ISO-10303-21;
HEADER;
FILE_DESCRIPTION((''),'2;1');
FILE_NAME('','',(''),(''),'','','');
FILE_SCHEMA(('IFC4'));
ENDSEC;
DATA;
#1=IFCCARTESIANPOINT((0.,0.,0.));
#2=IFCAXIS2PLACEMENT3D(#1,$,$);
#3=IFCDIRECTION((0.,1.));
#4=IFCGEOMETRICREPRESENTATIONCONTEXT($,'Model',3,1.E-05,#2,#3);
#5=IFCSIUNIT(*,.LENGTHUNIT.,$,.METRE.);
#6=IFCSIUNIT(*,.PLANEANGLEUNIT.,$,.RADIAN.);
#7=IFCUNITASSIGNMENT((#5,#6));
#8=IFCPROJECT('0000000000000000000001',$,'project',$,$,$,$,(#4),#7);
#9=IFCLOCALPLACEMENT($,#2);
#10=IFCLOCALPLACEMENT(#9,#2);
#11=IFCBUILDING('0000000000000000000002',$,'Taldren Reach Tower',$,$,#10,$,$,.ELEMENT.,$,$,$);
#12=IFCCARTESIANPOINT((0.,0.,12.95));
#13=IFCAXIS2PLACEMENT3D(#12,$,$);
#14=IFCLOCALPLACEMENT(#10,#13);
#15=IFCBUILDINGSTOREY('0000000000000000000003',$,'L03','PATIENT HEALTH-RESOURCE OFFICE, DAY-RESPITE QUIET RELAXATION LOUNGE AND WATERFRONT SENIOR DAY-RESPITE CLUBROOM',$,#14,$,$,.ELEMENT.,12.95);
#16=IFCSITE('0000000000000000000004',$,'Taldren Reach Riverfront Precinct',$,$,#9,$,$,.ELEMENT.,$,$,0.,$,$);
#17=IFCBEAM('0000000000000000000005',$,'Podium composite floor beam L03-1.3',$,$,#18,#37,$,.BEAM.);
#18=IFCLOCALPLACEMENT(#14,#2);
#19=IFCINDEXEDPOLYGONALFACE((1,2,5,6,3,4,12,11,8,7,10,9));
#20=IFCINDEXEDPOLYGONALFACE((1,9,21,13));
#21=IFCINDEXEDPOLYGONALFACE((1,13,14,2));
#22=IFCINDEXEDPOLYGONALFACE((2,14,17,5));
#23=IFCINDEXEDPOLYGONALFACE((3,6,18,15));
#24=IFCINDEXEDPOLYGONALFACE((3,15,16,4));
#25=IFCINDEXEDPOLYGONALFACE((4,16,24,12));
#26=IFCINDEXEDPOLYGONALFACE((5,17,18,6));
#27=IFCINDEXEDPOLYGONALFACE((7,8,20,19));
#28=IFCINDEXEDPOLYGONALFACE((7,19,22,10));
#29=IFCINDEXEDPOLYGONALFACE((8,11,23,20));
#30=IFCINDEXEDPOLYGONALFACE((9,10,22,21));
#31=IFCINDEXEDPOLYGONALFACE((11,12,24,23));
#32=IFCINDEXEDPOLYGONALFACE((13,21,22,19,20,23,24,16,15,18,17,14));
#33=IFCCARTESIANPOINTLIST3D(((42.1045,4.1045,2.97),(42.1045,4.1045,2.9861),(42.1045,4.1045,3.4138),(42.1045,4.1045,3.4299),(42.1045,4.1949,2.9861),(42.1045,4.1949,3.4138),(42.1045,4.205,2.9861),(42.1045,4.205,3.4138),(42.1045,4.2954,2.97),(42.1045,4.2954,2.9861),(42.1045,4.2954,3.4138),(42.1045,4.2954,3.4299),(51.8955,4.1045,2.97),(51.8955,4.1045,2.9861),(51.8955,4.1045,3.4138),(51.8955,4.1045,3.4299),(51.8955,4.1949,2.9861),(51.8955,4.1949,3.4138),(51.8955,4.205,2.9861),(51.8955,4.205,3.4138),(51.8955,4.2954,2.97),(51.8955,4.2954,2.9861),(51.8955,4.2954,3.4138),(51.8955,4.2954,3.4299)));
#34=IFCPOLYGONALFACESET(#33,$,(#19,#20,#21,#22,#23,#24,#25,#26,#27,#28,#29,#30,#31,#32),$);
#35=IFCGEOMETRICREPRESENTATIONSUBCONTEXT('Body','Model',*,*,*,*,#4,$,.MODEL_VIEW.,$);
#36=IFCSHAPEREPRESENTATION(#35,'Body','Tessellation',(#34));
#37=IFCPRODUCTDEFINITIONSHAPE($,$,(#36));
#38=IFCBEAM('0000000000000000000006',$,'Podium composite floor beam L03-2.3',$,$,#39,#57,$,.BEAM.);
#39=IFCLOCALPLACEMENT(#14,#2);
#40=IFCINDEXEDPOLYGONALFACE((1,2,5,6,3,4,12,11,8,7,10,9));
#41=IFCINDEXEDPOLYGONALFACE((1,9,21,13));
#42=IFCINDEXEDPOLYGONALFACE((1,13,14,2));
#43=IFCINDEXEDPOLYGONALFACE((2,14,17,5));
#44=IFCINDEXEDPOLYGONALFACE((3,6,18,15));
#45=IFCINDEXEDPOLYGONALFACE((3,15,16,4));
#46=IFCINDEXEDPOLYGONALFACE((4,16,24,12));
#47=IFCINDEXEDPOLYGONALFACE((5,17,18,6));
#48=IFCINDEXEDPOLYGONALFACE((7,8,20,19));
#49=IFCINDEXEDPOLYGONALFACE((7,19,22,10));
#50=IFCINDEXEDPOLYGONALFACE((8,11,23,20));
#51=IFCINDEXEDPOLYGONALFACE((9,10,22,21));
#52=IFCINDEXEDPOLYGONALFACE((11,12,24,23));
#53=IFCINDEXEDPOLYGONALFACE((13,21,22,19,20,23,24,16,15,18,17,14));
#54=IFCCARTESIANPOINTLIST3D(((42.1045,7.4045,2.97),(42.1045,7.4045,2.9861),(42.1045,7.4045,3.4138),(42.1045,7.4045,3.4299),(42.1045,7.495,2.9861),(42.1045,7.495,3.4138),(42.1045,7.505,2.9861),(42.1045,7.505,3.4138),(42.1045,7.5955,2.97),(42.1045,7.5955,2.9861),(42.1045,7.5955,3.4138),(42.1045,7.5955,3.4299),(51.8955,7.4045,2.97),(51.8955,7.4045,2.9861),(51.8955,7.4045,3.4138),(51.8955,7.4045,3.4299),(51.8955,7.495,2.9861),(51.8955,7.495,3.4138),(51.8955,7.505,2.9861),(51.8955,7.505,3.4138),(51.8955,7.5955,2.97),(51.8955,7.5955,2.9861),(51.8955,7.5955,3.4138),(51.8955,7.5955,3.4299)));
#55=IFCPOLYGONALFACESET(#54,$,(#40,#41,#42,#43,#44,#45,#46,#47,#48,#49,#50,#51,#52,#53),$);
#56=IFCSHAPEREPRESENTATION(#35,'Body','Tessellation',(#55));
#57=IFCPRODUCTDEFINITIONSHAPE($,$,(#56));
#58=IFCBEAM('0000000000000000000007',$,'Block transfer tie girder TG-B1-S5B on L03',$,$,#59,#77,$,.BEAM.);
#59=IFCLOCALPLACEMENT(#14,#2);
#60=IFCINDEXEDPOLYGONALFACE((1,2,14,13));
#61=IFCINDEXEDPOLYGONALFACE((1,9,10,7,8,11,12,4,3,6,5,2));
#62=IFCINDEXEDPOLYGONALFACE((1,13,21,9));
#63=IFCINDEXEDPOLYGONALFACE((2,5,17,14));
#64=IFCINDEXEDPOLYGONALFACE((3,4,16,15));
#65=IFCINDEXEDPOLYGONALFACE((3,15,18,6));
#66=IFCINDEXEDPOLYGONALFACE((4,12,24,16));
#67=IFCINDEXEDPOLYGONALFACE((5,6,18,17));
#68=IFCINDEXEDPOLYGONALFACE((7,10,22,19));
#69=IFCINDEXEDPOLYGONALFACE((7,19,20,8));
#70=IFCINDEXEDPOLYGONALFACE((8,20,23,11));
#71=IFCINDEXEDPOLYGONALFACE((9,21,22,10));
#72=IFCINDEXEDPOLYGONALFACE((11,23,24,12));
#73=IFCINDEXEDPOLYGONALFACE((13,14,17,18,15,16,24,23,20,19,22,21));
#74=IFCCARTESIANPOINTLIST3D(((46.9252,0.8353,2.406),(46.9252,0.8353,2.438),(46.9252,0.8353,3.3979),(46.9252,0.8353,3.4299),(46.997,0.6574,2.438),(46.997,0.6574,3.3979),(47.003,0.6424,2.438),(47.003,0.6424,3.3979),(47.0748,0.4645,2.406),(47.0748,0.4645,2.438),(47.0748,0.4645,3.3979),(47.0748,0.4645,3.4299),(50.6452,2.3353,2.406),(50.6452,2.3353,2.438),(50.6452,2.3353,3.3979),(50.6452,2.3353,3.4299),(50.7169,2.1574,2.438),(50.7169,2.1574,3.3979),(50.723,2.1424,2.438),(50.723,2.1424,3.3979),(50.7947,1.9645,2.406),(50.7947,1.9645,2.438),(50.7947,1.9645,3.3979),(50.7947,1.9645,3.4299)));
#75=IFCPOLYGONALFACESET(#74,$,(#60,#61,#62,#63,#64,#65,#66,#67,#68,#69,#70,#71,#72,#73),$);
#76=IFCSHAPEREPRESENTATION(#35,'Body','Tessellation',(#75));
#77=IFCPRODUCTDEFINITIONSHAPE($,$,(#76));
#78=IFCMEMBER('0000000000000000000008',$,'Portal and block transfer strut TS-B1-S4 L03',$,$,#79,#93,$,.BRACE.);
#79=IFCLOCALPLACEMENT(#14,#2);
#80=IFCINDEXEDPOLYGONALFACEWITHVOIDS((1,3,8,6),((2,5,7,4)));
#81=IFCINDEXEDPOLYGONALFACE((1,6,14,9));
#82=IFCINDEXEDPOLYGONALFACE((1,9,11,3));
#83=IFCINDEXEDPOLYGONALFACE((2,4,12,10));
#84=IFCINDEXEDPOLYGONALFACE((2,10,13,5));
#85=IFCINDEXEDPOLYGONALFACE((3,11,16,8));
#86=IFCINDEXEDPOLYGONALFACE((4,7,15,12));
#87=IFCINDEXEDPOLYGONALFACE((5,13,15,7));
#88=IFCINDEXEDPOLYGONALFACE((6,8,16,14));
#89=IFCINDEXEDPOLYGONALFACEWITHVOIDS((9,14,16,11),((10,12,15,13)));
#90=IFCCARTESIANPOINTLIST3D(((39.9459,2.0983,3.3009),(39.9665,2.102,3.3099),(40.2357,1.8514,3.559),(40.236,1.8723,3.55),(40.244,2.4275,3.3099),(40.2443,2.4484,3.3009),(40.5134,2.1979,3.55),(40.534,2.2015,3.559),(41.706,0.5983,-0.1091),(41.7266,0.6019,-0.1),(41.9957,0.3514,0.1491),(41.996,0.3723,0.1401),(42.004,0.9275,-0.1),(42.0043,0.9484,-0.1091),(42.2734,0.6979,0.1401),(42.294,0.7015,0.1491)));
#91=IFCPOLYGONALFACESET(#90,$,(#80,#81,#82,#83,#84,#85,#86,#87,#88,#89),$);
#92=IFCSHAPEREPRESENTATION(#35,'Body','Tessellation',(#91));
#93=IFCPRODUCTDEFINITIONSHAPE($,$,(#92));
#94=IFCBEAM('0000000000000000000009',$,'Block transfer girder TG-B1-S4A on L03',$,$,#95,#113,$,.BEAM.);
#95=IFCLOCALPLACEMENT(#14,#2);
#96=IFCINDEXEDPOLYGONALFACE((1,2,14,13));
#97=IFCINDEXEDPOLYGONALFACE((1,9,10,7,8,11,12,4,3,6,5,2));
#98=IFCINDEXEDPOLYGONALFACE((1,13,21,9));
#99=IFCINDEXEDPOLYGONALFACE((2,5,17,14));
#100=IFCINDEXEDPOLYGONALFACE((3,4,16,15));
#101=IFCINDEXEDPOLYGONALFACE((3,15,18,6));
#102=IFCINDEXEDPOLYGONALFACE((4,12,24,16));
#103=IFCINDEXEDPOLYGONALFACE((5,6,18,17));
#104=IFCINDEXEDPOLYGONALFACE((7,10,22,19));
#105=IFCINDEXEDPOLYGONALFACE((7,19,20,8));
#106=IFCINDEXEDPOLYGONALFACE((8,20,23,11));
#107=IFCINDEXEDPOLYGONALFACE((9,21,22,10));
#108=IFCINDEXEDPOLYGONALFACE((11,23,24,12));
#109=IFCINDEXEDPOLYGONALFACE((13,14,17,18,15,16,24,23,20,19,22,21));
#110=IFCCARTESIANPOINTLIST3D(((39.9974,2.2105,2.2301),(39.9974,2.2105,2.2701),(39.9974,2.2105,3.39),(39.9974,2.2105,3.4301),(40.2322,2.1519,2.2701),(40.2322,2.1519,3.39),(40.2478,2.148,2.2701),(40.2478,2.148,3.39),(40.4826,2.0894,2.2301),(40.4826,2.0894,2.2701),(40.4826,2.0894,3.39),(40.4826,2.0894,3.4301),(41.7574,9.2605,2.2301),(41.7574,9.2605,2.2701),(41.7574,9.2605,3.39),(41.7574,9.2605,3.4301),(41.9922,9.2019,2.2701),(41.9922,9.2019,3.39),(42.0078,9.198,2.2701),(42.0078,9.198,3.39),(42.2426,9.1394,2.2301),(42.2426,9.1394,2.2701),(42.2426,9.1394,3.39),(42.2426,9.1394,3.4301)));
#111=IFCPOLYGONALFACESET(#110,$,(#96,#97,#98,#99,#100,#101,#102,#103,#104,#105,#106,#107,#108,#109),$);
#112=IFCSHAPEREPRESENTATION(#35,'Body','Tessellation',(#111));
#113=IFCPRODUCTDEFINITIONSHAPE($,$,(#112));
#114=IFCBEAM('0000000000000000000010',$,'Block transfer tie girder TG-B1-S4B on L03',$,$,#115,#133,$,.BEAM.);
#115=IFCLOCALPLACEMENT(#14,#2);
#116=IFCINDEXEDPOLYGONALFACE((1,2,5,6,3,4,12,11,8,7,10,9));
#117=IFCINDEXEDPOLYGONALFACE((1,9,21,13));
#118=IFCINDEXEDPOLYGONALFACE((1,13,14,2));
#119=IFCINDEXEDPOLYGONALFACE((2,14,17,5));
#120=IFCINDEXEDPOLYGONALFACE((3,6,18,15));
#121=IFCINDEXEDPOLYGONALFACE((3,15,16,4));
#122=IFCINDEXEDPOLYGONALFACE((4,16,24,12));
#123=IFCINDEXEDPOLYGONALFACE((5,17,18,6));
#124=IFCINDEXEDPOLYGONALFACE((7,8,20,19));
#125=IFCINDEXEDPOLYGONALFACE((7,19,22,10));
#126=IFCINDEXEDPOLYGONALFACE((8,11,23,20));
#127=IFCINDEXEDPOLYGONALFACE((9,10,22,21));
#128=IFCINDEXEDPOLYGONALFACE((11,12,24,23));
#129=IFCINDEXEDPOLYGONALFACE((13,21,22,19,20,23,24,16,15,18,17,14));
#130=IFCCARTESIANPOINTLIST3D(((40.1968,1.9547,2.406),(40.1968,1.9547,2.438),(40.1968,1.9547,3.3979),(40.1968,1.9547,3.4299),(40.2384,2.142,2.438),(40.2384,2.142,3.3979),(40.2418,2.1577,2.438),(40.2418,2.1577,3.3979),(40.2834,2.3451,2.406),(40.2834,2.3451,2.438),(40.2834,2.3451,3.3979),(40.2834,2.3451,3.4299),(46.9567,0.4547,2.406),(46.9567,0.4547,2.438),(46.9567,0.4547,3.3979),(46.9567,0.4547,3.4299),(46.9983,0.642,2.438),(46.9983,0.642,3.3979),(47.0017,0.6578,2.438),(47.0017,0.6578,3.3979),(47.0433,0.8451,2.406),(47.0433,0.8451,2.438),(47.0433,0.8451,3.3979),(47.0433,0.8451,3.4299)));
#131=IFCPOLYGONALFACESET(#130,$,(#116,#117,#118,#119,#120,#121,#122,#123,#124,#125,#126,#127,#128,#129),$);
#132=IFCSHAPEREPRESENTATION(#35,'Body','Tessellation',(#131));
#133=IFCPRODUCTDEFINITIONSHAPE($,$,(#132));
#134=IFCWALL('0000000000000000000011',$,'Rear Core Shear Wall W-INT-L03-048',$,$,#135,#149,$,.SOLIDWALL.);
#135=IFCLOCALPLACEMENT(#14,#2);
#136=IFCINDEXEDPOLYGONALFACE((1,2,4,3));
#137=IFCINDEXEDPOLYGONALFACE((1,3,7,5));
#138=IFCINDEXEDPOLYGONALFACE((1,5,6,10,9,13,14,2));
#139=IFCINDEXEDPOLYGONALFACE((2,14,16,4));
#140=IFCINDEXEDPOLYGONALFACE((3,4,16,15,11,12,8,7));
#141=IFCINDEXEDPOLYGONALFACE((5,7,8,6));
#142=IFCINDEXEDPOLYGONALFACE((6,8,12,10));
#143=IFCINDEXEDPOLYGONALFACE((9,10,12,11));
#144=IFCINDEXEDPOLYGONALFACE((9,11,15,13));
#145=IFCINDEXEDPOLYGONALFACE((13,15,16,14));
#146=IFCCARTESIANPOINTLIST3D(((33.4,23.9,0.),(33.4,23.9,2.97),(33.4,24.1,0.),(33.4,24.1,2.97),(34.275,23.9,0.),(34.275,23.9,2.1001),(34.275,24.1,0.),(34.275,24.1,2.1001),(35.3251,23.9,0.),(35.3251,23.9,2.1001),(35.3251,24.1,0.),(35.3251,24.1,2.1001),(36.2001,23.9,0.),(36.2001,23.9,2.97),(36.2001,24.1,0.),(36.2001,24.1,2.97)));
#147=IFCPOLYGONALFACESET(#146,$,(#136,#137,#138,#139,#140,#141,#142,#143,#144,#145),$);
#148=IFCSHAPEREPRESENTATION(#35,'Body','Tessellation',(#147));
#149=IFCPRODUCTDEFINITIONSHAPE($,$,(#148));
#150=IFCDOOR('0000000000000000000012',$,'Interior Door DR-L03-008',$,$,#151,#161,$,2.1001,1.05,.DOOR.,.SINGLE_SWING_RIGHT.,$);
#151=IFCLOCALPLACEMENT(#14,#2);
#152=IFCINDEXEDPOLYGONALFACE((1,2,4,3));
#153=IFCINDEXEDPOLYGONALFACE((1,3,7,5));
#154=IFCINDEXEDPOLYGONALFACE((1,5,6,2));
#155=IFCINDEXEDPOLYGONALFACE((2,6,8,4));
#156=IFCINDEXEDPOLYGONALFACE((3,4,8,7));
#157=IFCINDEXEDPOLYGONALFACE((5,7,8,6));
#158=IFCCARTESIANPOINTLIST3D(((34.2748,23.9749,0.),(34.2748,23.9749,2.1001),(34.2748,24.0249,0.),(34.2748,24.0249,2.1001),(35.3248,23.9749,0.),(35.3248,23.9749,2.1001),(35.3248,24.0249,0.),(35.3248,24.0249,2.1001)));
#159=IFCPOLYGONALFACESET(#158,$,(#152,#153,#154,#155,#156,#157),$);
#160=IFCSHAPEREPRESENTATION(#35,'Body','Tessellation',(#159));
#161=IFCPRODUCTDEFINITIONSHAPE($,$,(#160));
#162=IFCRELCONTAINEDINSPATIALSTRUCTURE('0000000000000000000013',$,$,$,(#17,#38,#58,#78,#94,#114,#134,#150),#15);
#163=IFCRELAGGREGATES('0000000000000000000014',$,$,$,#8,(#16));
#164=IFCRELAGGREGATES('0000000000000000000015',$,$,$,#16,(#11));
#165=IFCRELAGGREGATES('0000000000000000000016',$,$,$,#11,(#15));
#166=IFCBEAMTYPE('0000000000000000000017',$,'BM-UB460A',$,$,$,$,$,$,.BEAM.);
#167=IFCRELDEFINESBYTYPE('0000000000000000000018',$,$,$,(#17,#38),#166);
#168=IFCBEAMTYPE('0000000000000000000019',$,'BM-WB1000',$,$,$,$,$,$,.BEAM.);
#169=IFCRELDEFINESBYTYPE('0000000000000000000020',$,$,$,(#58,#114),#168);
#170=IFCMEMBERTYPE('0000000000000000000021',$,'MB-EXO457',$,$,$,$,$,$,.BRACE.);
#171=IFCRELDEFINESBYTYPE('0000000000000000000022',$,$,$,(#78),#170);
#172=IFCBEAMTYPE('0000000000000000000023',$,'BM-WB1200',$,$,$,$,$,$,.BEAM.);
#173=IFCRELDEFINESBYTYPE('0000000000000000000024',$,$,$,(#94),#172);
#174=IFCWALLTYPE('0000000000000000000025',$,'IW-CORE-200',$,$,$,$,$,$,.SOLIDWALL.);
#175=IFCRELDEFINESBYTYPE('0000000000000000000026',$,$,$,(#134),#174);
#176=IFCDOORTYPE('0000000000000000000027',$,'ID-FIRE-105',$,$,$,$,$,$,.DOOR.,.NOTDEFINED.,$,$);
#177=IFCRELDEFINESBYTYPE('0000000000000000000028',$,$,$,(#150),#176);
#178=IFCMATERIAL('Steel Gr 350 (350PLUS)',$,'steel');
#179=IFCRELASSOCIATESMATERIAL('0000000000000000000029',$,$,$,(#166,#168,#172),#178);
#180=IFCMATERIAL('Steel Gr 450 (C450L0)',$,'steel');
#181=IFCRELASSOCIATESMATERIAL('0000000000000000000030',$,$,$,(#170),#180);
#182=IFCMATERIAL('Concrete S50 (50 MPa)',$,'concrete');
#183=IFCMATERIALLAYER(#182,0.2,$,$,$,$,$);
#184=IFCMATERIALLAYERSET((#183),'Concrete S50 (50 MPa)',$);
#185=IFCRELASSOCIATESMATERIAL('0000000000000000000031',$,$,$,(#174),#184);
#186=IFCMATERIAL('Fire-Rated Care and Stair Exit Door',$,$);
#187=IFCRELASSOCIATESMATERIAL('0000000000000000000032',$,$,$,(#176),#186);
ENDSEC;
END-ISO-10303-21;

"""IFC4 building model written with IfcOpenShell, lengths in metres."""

from ifc_helpers import new_model, si_unit, direction, frame, frame_2d, origin, origin_2d, place, context, subcontext, project, spatial, rectangle, hollow_rectangle, i_section, extrude, source, transform, mapped, material, layer, layer_set, material_profile, profile_set, type_object, element, fill, save


model = new_model("IFC4")

# Units and contexts
model_context = context("Model", 3, precision=1e-05, world=origin(), true_north=direction((0.0, 1.0)))
body_context = subcontext(model_context, "Body", "Model", "MODEL_VIEW")
ifc_project = project(units=[si_unit("LENGTHUNIT", "METRE"), si_unit("PLANEANGLEUNIT", "RADIAN")], contexts=[model_context])

# Site, building, storey
site_placement = place(None, origin())
site = spatial("IfcSite", under=ifc_project, at=site_placement, Name="Taldren Reach Riverfront Precinct", CompositionType="ELEMENT", RefElevation=0.0)
building_placement = place(site_placement, origin())
building = spatial("IfcBuilding", under=site, at=building_placement, Name="Taldren Reach Tower", CompositionType="ELEMENT")
storey_placement = place(building_placement, frame((0.0, 0.0, 12.95)))
storey = spatial("IfcBuildingStorey", under=building, at=storey_placement, Name="L03", Description="PATIENT HEALTH-RESOURCE OFFICE, DAY-RESPITE QUIET RELAXATION LOUNGE AND WATERFRONT SENIOR DAY-RESPITE CLUBROOM", CompositionType="ELEMENT", Elevation=12.95)

# Shared definitions
ifc_material_1 = material(Name="Steel Gr 350 (350PLUS)", Category="steel")

# Beams
ifc_material_profile_1 = material_profile(ifc_material_1, i_section(OverallWidth=0.1909, OverallDepth=0.46, WebThickness=0.01, FlangeThickness=0.0161, at=origin_2d()), Name="460UB82.1")
ifc_profile_set_1 = profile_set([ifc_material_profile_1], Name="Steel Gr 350 (350PLUS)")
beam_type_1 = type_object("IfcBeamType", Name="BM-UB460A", PredefinedType="BEAM", material=ifc_profile_set_1)
shared_shape_1 = source(origin(), body_context, "Body", "SweptSolid", [
    extrude(i_section(OverallWidth=0.1909, OverallDepth=0.46, WebThickness=0.01, FlangeThickness=0.0161, at=origin_2d()), origin(), (0.0, 0.0, 1.0), 9.791),
])
for number, where, z_axis, x_axis, name in (
    (1, (42.1045, 4.2, 3.2), (1.0, 0.0, 0.0), (0.0, 1.0, 0.0), "Podium composite floor beam L03-1.3"),
    (2, (42.1045, 7.5, 3.2), (1.0, 0.0, 0.0), (0.0, 1.0, 0.0), "Podium composite floor beam L03-2.3"),
):
    element("IfcBeam", number, at=place(storey_placement, frame(where, z_axis=z_axis, x_axis=x_axis)), inside=storey, type_object=beam_type_1, Name=name, PredefinedType="BEAM", context=body_context, shape_type="MappedRepresentation", body=[
        mapped(shared_shape_1, transform((0.0, 0.0, 0.0), scale=1.0)),
    ])
ifc_material_profile_2 = material_profile(ifc_material_1, i_section(OverallWidth=0.3999, OverallDepth=1.0239, WebThickness=0.0161, FlangeThickness=0.032, at=origin_2d()), Name="1000WB322")
ifc_profile_set_2 = profile_set([ifc_material_profile_2], Name="Steel Gr 350 (350PLUS)")
beam_type_2 = type_object("IfcBeamType", Name="BM-WB1000", PredefinedType="BEAM", material=ifc_profile_set_2)
shared_shape_2 = source(origin(), body_context, "Body", "SweptSolid", [
    extrude(i_section(OverallWidth=0.3999, OverallDepth=1.0239, WebThickness=0.0161, FlangeThickness=0.032, at=origin_2d()), origin(), (0.0, 0.0, 1.0), 4.011),
])
beam_1_placement = place(storey_placement, frame((47.0, 0.6499, 2.918), z_axis=(0.92744, 0.373971, 0.0), x_axis=(-0.373971, 0.92744, 0.0)))
element("IfcBeam", 3, at=beam_1_placement, inside=storey, type_object=beam_type_2, Name="Block transfer tie girder TG-B1-S5B on L03", PredefinedType="BEAM", context=body_context, shape_type="MappedRepresentation", body=[
    mapped(shared_shape_2, transform((0.0, 0.0, 0.0), scale=1.0)),
])

# Member
ifc_material_2 = material(Name="Steel Gr 450 (C450L0)", Category="steel")
ifc_material_profile_3 = material_profile(ifc_material_2, hollow_rectangle(XDim=0.46, YDim=0.46, WallThickness=0.0161, at=origin_2d()), Name="460x460x16.0SHS")
ifc_profile_set_3 = profile_set([ifc_material_profile_3], Name="Steel Gr 450 (C450L0)")
member_type = type_object("IfcMemberType", Name="MB-EXO457", PredefinedType="BRACE", material=ifc_profile_set_3)
shared_shape_3 = source(origin(), body_context, "Body", "SweptSolid", [
    extrude(hollow_rectangle(XDim=0.46, YDim=0.46, WallThickness=0.0161, at=origin_2d()), origin(), (0.0, 0.0, 1.0), 4.1201),
])
member_placement = place(storey_placement, frame((42.0, 0.6499, 0.02), z_axis=(-0.427178, 0.36407, 0.827631), x_axis=(-0.64865, -0.761087, 0.0)))
element("IfcMember", 4, at=member_placement, inside=storey, type_object=member_type, Name="Portal and block transfer strut TS-B1-S4 L03", PredefinedType="BRACE", context=body_context, shape_type="MappedRepresentation", body=[
    mapped(shared_shape_3, transform((0.0, 0.0, 0.0), scale=1.0)),
])

# Beams
ifc_material_profile_4 = material_profile(ifc_material_1, i_section(OverallWidth=0.5, OverallDepth=1.2, WebThickness=0.0161, FlangeThickness=0.04, at=origin_2d()), Name="1200WB455")
ifc_profile_set_4 = profile_set([ifc_material_profile_4], Name="Steel Gr 350 (350PLUS)")
beam_type_3 = type_object("IfcBeamType", Name="BM-WB1200", PredefinedType="BEAM", material=ifc_profile_set_4)
shared_shape_4 = source(origin(), body_context, "Body", "SweptSolid", [
    extrude(i_section(OverallWidth=0.5, OverallDepth=1.2, WebThickness=0.0161, FlangeThickness=0.04, at=origin_2d()), origin(), (0.0, 0.0, 1.0), 7.2664),
])
beam_2_placement = place(storey_placement, frame((42.0, 9.2, 2.8301), z_axis=(-0.242211, -0.970223, 0.0), x_axis=(0.970223, -0.242211, 0.0)))
element("IfcBeam", 5, at=beam_2_placement, inside=storey, type_object=beam_type_3, Name="Block transfer girder TG-B1-S4A on L03", PredefinedType="BEAM", context=body_context, shape_type="MappedRepresentation", body=[
    mapped(shared_shape_4, transform((0.0, 0.0, 0.0), scale=1.0)),
])
shared_shape_5 = source(origin(), body_context, "Body", "SweptSolid", [
    extrude(i_section(OverallWidth=0.3999, OverallDepth=1.0239, WebThickness=0.0161, FlangeThickness=0.032, at=origin_2d()), origin(), (0.0, 0.0, 1.0), 6.9243),
])
beam_3_placement = place(storey_placement, frame((47.0, 0.6499, 2.918), z_axis=(-0.976255, 0.216624, 0.0), x_axis=(-0.216624, -0.976255, 0.0)))
element("IfcBeam", 6, at=beam_3_placement, inside=storey, type_object=beam_type_2, Name="Block transfer tie girder TG-B1-S4B on L03", PredefinedType="BEAM", context=body_context, shape_type="MappedRepresentation", body=[
    mapped(shared_shape_5, transform((0.0, 0.0, 0.0), scale=1.0)),
])

# Wall, opening, door
ifc_material_3 = material(Name="Concrete S50 (50 MPa)", Category="concrete")
ifc_layer_1 = layer(ifc_material_3, 0.2)
ifc_layer_set_1 = layer_set([ifc_layer_1], Name="Concrete S50 (50 MPa)")
wall_type_1 = type_object("IfcWallType", Name="IW-CORE-200", PredefinedType="SOLIDWALL", material=ifc_layer_set_1)
shared_shape_6 = source(origin(), body_context, "Body", "SweptSolid", [
    extrude(rectangle(XDim=2.8, YDim=0.2, at=frame_2d((1.3999, 0.0))), origin(), (0.0, 0.0, 1.0), 2.97),
])
wall_1_placement = place(storey_placement, frame((36.2, 24.0, 0.0), z_axis=(0.0, 0.0, 1.0), x_axis=(-1.0, 0.0, 0.0)))
wall_1 = element("IfcWall", 7, at=wall_1_placement, inside=storey, type_object=wall_type_1, Name="Rear Core Shear Wall W-INT-L03-048", PredefinedType="SOLIDWALL", context=body_context, shape_type="MappedRepresentation", body=[
    mapped(shared_shape_6, transform((0.0, 0.0, 0.0), scale=1.0)),
])
shared_shape_7 = source(origin(), body_context, "Body", "SweptSolid", [
    extrude(rectangle(XDim=1.05, YDim=2.1001, at=frame_2d((0.5249, 1.05))), frame((0.0, 0.1099, 0.0), z_axis=(0.0, -1.0, 0.0), x_axis=(1.0, 0.0, 0.0)), (0.0, 0.0, 1.0), 0.22),
])
opening_1_placement = place(wall_1_placement, frame((0.875, 0.0, 0.0)))
opening_1 = element("IfcOpeningElement", 8, at=opening_1_placement, cuts=wall_1, PredefinedType="OPENING", context=body_context, shape_type="MappedRepresentation", body=[
    mapped(shared_shape_7, transform((0.0, 0.0, 0.0), scale=1.0)),
])
ifc_material_4 = material(Name="Fire-Rated Care and Stair Exit Door")
door_type = type_object("IfcDoorType", Name="ID-FIRE-105", OperationType="NOTDEFINED", PredefinedType="DOOR", material=ifc_material_4)
shared_shape_8 = source(origin(), body_context, "Body", "SweptSolid", [
    extrude(rectangle(XDim=1.05, YDim=2.1001, at=frame_2d((0.5249, 1.05))), frame((0.0, 0.0249, 0.0), z_axis=(0.0, -1.0, 0.0), x_axis=(1.0, 0.0, 0.0)), (0.0, 0.0, 1.0), 0.05),
])
door_1_placement = place(opening_1_placement, frame((1.05, 0.0, 0.0), z_axis=(0.0, 0.0, 1.0), x_axis=(-1.0, 0.0, 0.0)))
door_1 = element("IfcDoor", 9, at=door_1_placement, inside=storey, type_object=door_type, Name="Interior Door DR-L03-008", OperationType="SINGLE_SWING_RIGHT", OverallHeight=2.1001, OverallWidth=1.05, PredefinedType="DOOR", context=body_context, shape_type="MappedRepresentation", body=[
    mapped(shared_shape_8, transform((0.0, 0.0, 0.0), scale=1.0)),
])
fill(opening_1, door_1)

save(model, "model.ifc")
